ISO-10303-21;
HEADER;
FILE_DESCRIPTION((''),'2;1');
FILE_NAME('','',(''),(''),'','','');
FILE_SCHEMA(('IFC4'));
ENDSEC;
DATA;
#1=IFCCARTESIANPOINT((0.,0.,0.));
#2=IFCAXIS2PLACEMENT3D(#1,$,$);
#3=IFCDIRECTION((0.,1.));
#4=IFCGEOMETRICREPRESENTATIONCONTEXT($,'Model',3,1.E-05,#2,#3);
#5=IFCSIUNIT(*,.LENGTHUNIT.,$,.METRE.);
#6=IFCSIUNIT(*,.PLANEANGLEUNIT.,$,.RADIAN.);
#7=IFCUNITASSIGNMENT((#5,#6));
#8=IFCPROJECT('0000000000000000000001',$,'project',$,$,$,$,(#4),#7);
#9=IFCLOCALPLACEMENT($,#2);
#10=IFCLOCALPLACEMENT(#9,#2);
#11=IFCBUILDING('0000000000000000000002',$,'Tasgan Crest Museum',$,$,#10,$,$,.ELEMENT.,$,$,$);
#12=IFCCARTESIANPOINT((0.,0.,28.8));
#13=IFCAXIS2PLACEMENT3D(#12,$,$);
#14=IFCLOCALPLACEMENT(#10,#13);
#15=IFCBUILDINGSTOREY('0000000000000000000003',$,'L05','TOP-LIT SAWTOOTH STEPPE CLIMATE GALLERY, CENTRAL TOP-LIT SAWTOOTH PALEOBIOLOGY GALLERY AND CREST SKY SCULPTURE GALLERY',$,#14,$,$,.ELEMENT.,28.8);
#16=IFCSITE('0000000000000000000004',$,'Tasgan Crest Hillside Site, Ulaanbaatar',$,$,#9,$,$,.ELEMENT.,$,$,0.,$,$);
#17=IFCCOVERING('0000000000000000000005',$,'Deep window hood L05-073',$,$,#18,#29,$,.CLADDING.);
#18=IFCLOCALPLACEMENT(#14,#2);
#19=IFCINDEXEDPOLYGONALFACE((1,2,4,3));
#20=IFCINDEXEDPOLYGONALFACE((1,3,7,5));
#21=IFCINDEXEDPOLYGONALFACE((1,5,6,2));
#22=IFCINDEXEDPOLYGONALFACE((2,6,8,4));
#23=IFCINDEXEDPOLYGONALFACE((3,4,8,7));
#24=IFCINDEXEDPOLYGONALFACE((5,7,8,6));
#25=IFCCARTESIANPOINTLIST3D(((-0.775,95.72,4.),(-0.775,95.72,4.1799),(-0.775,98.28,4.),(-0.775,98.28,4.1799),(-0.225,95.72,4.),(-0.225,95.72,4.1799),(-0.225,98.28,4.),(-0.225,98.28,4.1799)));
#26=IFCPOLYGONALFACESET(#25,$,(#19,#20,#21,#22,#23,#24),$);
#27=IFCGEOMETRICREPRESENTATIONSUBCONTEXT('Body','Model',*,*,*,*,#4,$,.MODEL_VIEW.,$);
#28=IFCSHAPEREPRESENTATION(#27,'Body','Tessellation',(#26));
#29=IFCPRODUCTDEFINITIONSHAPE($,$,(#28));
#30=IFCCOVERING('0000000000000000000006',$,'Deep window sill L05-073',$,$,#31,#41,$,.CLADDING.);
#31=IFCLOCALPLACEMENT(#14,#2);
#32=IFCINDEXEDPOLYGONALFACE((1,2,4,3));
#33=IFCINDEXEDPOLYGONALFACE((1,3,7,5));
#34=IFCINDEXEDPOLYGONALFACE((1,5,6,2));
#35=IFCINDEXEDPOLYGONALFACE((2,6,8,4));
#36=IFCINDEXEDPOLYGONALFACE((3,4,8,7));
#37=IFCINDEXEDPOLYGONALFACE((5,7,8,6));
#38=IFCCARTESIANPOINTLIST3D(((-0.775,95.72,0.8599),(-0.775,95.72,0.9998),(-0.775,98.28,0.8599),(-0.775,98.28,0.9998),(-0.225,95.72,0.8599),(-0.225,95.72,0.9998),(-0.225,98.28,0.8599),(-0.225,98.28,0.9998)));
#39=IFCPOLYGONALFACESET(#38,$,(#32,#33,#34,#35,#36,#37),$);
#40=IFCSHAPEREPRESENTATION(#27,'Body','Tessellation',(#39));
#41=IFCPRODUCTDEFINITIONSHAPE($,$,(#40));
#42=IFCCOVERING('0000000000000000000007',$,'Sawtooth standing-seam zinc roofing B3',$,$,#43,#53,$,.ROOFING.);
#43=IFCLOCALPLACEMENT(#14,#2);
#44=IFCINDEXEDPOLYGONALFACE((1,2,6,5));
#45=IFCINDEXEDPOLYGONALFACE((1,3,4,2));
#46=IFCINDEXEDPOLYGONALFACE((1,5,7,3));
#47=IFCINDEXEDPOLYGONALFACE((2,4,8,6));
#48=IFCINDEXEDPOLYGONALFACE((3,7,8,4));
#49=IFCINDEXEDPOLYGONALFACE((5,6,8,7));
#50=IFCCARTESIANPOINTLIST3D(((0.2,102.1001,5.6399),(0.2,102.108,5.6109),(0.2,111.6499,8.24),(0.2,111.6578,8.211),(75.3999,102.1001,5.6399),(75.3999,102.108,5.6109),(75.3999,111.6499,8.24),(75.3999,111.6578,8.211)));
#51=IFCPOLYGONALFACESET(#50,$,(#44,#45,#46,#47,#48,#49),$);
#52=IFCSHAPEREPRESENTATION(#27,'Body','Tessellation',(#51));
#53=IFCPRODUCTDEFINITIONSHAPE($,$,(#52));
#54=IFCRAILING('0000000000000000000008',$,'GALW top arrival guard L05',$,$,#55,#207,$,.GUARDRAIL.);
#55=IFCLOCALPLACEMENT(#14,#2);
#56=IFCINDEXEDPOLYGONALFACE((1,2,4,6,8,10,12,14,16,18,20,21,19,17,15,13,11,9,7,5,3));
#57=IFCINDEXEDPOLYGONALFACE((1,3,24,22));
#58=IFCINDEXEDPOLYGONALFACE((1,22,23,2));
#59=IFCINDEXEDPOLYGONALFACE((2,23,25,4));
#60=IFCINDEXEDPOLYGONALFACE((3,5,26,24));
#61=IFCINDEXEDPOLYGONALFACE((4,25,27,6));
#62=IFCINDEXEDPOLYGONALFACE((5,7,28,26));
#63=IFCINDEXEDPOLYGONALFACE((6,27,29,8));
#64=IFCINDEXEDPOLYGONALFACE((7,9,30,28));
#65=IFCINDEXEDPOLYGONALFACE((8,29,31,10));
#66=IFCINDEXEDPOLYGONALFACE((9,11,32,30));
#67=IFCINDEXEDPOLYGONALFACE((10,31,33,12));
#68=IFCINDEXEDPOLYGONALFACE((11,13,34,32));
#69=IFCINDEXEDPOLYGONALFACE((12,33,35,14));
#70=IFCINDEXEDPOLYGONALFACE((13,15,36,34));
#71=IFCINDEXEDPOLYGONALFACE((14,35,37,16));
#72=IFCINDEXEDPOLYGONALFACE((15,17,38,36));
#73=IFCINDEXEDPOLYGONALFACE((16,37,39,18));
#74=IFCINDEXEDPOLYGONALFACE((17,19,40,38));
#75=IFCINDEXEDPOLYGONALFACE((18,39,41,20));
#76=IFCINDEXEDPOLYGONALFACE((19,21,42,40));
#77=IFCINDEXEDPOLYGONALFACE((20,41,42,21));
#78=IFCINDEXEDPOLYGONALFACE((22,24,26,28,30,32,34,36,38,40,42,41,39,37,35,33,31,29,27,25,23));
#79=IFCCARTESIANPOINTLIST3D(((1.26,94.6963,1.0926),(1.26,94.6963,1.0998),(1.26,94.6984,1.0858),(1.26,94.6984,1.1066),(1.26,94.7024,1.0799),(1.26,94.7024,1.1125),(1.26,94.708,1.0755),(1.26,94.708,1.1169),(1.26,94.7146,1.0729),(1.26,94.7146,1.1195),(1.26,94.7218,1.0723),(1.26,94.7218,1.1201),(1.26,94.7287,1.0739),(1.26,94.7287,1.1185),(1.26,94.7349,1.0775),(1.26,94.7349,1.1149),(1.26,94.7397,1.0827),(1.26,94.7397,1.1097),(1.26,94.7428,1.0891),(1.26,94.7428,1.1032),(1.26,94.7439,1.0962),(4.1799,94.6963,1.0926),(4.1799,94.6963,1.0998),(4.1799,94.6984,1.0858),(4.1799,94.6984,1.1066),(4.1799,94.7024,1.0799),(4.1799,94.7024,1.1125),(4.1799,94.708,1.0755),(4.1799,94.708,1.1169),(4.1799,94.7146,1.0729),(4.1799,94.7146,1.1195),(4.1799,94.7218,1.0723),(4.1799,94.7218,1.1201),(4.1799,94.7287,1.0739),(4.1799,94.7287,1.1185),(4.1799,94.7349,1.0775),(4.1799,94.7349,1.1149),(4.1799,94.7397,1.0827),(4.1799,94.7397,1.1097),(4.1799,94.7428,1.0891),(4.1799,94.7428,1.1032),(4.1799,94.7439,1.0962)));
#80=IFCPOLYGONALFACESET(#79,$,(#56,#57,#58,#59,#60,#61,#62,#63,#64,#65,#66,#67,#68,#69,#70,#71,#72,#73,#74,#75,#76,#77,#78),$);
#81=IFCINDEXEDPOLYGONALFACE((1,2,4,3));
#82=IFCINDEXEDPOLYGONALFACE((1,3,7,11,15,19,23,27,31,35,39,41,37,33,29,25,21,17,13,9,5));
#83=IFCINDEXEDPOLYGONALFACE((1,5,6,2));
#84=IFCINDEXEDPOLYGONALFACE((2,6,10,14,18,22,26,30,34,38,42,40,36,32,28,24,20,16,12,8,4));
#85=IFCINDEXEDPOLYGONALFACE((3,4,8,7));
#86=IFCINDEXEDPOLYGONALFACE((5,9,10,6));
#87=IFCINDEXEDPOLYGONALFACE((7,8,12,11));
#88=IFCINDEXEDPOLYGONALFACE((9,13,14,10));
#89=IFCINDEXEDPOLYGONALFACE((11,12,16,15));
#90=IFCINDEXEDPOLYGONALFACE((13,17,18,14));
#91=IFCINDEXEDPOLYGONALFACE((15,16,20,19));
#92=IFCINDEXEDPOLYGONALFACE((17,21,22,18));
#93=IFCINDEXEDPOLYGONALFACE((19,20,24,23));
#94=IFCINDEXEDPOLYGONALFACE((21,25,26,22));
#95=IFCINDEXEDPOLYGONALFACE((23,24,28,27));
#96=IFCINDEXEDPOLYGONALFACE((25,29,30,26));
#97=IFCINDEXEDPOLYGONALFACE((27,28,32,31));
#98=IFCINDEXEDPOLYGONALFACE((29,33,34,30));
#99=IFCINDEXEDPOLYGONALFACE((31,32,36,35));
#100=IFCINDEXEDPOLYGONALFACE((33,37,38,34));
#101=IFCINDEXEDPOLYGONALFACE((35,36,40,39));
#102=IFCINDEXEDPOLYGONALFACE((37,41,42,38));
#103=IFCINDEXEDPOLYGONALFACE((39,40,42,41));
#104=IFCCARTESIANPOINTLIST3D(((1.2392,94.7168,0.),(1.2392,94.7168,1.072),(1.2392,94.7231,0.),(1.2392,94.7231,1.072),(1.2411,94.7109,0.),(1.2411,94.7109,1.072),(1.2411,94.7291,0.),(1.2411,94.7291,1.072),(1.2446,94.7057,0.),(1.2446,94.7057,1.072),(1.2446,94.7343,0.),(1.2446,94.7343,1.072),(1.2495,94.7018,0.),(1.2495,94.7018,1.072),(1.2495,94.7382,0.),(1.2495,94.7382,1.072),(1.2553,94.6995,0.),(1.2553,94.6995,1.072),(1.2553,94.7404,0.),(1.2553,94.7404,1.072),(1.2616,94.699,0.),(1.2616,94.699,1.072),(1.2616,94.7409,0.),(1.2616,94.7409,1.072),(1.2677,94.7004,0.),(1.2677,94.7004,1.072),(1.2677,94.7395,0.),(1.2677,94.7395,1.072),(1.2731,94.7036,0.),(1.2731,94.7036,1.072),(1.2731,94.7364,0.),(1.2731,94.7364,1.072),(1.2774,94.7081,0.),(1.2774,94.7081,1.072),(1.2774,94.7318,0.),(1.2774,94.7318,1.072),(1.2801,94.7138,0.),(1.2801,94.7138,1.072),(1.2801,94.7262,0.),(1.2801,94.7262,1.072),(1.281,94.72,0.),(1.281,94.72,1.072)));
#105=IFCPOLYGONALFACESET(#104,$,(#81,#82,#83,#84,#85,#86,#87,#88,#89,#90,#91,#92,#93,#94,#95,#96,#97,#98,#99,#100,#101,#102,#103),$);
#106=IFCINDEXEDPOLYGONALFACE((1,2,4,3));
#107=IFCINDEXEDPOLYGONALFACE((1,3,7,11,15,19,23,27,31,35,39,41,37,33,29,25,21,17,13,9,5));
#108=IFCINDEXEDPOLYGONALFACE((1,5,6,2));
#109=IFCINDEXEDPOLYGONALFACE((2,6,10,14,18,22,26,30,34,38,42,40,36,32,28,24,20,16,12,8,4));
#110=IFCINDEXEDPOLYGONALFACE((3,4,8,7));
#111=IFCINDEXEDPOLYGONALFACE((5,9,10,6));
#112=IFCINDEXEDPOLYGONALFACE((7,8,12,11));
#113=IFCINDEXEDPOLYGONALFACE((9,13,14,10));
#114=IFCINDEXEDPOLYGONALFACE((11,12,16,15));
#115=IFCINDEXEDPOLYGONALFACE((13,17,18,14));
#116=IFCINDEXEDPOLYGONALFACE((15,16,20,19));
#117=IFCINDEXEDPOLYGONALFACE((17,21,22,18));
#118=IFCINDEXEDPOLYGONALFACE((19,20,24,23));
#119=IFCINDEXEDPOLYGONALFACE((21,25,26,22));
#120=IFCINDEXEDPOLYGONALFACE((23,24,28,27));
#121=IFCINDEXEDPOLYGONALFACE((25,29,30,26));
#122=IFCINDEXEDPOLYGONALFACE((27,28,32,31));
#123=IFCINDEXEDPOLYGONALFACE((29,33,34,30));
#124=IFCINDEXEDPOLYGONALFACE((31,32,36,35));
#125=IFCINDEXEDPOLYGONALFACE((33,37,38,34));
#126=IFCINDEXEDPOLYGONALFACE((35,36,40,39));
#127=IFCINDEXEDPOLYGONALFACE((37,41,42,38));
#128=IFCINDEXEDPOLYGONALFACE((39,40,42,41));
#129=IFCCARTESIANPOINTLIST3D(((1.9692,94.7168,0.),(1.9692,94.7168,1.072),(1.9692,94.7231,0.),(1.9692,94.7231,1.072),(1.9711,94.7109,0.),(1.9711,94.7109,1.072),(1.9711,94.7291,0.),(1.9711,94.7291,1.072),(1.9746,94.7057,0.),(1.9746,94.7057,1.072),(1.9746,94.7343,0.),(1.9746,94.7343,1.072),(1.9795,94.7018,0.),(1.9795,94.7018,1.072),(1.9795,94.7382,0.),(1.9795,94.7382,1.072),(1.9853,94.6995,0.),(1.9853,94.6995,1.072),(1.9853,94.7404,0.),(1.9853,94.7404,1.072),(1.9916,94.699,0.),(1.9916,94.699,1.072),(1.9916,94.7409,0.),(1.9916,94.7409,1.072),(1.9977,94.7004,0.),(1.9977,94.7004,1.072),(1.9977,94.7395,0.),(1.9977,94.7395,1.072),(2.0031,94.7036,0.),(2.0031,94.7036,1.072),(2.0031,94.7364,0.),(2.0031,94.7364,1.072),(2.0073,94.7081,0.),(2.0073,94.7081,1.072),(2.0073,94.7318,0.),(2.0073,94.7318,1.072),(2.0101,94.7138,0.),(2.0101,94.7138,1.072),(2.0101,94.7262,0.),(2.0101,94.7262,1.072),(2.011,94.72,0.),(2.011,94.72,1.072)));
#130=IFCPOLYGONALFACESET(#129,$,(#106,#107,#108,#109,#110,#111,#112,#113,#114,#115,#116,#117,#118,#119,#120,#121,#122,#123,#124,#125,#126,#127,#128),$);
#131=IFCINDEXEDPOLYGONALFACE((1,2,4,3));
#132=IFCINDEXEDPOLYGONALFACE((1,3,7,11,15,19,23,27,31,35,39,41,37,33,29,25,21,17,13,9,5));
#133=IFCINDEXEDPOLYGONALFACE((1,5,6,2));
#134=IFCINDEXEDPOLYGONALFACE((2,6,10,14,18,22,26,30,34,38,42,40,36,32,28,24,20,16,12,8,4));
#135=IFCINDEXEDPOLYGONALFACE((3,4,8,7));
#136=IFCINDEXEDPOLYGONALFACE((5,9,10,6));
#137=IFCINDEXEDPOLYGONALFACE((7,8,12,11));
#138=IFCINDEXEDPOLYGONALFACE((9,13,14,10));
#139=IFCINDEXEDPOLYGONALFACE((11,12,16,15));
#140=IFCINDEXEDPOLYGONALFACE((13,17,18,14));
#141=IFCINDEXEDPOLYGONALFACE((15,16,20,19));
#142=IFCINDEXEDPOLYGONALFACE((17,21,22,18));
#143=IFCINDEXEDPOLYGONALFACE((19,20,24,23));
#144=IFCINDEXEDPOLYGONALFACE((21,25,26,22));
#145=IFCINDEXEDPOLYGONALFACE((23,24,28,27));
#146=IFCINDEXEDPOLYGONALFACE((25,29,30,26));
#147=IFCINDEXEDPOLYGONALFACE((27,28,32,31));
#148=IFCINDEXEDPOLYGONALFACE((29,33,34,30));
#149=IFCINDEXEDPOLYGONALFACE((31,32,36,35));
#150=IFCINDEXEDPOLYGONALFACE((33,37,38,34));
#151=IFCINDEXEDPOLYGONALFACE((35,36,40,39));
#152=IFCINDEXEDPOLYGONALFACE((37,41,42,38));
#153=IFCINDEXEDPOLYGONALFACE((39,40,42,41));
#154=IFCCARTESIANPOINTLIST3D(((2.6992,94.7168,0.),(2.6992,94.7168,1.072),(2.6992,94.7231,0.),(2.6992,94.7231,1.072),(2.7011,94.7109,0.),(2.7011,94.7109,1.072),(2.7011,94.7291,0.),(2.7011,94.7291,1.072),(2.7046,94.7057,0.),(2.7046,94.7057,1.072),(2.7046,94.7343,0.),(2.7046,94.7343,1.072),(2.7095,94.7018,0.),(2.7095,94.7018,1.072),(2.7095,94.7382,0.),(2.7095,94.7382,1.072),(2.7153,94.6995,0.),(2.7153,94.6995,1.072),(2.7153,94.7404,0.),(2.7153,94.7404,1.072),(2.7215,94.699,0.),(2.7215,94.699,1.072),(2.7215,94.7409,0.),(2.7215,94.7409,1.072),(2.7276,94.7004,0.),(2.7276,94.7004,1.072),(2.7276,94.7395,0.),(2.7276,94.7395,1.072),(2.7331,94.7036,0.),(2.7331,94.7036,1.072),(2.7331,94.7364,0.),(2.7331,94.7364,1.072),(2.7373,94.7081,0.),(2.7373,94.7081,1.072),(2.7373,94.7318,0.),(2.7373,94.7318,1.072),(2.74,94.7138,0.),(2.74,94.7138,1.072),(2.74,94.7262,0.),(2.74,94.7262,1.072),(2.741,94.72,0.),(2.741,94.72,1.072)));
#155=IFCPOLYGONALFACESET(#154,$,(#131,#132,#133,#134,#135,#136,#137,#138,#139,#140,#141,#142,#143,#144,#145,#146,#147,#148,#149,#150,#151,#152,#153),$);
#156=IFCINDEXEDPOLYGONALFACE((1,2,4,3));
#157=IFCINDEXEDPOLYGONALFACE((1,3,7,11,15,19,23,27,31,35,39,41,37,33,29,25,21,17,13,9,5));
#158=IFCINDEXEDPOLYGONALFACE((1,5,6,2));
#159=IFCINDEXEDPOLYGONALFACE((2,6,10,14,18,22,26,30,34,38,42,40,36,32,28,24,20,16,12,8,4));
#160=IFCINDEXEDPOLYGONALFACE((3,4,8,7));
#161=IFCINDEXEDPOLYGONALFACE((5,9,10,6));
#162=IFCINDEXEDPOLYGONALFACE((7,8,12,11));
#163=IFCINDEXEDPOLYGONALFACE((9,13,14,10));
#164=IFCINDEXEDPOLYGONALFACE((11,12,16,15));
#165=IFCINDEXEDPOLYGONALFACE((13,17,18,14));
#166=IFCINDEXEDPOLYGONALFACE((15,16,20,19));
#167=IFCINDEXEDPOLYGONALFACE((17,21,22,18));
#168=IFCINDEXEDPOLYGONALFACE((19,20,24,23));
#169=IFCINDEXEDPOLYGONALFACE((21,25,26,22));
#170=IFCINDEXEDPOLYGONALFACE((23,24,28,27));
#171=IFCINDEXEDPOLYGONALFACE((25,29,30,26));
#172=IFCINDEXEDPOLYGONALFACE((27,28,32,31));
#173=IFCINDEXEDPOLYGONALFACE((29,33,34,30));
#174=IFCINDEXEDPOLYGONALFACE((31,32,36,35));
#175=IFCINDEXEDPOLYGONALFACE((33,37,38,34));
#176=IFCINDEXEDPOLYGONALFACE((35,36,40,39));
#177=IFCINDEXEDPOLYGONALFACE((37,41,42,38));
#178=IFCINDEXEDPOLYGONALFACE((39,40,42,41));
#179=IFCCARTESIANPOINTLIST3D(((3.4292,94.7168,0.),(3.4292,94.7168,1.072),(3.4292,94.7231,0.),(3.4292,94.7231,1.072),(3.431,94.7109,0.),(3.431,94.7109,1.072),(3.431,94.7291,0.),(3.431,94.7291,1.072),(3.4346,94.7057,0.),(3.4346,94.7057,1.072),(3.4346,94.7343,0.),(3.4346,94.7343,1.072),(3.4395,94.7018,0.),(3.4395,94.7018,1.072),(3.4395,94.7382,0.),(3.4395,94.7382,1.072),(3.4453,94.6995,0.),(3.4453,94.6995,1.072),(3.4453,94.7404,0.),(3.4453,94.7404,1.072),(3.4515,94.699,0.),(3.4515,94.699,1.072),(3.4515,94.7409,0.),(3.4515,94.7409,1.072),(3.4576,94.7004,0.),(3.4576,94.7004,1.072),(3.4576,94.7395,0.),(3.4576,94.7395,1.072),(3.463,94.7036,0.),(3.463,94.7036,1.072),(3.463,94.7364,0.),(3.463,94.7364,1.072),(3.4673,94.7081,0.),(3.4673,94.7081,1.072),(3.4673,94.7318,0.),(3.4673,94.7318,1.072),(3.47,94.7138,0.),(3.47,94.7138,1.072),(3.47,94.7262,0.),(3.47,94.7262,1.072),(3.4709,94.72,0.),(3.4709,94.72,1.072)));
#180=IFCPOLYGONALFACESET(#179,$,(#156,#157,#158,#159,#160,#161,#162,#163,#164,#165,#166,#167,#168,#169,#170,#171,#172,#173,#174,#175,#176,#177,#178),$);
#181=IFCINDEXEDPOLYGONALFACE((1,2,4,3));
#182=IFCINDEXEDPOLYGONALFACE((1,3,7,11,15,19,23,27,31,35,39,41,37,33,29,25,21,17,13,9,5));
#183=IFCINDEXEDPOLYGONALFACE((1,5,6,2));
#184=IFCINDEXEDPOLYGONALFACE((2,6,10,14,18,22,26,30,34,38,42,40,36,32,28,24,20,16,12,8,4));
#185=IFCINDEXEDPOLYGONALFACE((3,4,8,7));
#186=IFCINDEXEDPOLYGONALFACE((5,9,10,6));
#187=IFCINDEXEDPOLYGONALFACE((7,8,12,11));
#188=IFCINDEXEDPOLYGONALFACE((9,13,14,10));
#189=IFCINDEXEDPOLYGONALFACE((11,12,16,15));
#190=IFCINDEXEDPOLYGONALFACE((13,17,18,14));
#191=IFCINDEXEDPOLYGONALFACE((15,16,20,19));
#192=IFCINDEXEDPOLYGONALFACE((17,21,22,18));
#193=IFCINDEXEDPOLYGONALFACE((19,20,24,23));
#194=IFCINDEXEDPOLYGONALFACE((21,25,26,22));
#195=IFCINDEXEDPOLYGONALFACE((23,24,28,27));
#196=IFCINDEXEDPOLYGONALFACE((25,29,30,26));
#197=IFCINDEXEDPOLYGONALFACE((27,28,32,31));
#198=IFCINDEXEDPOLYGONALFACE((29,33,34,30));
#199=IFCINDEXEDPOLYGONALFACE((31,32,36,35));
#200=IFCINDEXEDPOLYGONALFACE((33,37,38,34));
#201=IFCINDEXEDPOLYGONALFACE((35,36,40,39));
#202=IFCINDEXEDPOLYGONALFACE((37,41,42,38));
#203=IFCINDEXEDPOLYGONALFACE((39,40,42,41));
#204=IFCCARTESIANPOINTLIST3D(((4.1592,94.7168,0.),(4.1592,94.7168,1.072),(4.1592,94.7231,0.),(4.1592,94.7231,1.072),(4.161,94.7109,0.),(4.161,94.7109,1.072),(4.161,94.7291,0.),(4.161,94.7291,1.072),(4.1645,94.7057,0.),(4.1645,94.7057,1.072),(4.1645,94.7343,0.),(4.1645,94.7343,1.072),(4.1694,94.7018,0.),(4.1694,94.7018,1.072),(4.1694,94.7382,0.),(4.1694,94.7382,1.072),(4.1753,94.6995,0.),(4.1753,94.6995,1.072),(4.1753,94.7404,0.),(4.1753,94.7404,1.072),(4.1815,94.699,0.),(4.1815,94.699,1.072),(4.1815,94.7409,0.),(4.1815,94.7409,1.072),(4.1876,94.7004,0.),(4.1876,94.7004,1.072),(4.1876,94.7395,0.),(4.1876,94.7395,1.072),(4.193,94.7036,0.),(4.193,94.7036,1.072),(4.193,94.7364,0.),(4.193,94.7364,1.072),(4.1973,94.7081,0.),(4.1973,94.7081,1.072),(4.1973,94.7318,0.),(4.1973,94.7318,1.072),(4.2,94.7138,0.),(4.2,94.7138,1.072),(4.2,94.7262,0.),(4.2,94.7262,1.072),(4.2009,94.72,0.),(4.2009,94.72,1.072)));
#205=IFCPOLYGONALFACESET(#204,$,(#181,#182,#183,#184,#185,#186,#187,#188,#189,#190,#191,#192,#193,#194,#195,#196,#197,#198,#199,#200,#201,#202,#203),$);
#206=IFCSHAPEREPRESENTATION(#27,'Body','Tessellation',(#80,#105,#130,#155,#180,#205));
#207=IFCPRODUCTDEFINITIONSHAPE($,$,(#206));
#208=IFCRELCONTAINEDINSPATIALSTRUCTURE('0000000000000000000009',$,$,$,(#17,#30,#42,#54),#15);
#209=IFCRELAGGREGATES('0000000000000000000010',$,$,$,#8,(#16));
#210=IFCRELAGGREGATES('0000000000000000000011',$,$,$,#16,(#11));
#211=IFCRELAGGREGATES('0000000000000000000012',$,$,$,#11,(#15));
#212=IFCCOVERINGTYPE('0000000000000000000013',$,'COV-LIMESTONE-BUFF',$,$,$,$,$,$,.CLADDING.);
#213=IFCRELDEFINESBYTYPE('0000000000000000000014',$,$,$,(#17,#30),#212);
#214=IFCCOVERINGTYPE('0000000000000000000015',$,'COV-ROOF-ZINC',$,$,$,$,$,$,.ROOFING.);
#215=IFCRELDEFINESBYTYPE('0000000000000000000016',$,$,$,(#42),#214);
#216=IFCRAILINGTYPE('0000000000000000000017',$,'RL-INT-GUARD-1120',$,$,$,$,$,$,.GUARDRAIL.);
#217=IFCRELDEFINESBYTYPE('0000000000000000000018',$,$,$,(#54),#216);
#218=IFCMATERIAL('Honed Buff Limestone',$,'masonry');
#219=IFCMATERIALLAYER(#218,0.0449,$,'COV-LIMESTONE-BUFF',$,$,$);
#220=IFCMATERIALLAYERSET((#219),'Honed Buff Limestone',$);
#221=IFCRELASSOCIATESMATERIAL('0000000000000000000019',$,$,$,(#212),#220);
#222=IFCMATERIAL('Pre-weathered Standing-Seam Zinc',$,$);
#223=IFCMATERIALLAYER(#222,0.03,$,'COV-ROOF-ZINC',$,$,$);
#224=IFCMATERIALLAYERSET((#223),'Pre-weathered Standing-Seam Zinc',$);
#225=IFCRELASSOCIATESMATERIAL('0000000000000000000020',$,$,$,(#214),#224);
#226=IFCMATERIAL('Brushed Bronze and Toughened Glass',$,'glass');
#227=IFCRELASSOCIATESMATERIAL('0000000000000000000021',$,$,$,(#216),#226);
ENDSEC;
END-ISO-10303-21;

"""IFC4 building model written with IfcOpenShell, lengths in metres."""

from ifc_helpers import new_model, si_unit, direction, frame, origin, origin_2d, place, context, subcontext, project, spatial, polyline, rectangle, circle, outline, extrude, material, layer, layer_set, type_object, element, save


model = new_model("IFC4")

# Units and contexts
model_context = context("Model", 3, precision=1e-05, world=origin(), true_north=direction((0.0, 1.0)))
body_context = subcontext(model_context, "Body", "Model", "MODEL_VIEW")
ifc_project = project(units=[si_unit("LENGTHUNIT", "METRE"), si_unit("PLANEANGLEUNIT", "RADIAN")], contexts=[model_context])

# Site, building, storey
site_placement = place(None, origin())
site = spatial("IfcSite", under=ifc_project, at=site_placement, Name="Tasgan Crest Hillside Site, Ulaanbaatar", CompositionType="ELEMENT", RefElevation=0.0)
building_placement = place(site_placement, origin())
building = spatial("IfcBuilding", under=site, at=building_placement, Name="Tasgan Crest Museum", CompositionType="ELEMENT")
storey_placement = place(building_placement, frame((0.0, 0.0, 28.8)))
storey = spatial("IfcBuildingStorey", under=building, at=storey_placement, Name="L05", Description="TOP-LIT SAWTOOTH STEPPE CLIMATE GALLERY, CENTRAL TOP-LIT SAWTOOTH PALEOBIOLOGY GALLERY AND CREST SKY SCULPTURE GALLERY", CompositionType="ELEMENT", Elevation=28.8)

# Coverings
ifc_material_1 = material(Name="Honed Buff Limestone", Category="masonry")
ifc_layer_1 = layer(ifc_material_1, 0.0449, Name="COV-LIMESTONE-BUFF")
ifc_layer_set_1 = layer_set([ifc_layer_1], Name="Honed Buff Limestone")
covering_type_1 = type_object("IfcCoveringType", Name="COV-LIMESTONE-BUFF", PredefinedType="CLADDING", material=ifc_layer_set_1)
covering_1_placement = place(storey_placement, frame((-0.5, 97.0, 4.0), z_axis=(0.0, 0.0, 1.0), x_axis=(0.0, -1.0, 0.0)))
element("IfcCovering", 1, at=covering_1_placement, inside=storey, type_object=covering_type_1, Name="Deep window hood L05-073", PredefinedType="CLADDING", context=body_context, shape_type="SweptSolid", body=[
    extrude(rectangle(XDim=2.5601, YDim=0.55, at=origin_2d()), origin(), (0.0, 0.0, 1.0), 0.1799),
])
covering_2_placement = place(storey_placement, frame((-0.5, 97.0, 0.8599), z_axis=(0.0, 0.0, 1.0), x_axis=(0.0, -1.0, 0.0)))
element("IfcCovering", 2, at=covering_2_placement, inside=storey, type_object=covering_type_1, Name="Deep window sill L05-073", PredefinedType="CLADDING", context=body_context, shape_type="SweptSolid", body=[
    extrude(rectangle(XDim=2.5601, YDim=0.55, at=origin_2d()), origin(), (0.0, 0.0, 1.0), 0.1399),
])
ifc_material_2 = material(Name="Pre-weathered Standing-Seam Zinc")
ifc_layer_2 = layer(ifc_material_2, 0.03, Name="COV-ROOF-ZINC")
ifc_layer_set_2 = layer_set([ifc_layer_2], Name="Pre-weathered Standing-Seam Zinc")
covering_type_2 = type_object("IfcCoveringType", Name="COV-ROOF-ZINC", PredefinedType="ROOFING", material=ifc_layer_set_2)
covering_3_placement = place(storey_placement, frame((0.2, 102.1001, 5.6399), z_axis=(0.0, -0.262704, 0.964876), x_axis=(1.0, 0.0, 0.0)))
element("IfcCovering", 3, at=covering_3_placement, inside=storey, type_object=covering_type_2, Name="Sawtooth standing-seam zinc roofing B3", PredefinedType="ROOFING", context=body_context, shape_type="SweptSolid", body=[
    extrude(outline(polyline([(0.0, 0.0), (75.2, 0.0), (75.2, 9.8974), (0.0, 9.8974), (0.0, 0.0)])), origin(), (0.0, 0.0, -1.0), 0.03),
])

# Railing
ifc_material_3 = material(Name="Brushed Bronze and Toughened Glass", Category="glass")
railing_type = type_object("IfcRailingType", Name="RL-INT-GUARD-1120", PredefinedType="GUARDRAIL", material=ifc_material_3)
railing_placement = place(storey_placement, frame((1.26, 94.72, 0.0)))
element("IfcRailing", 4, at=railing_placement, inside=storey, type_object=railing_type, Name="GALW top arrival guard L05", PredefinedType="GUARDRAIL", context=body_context, shape_type="SweptSolid", body=[
    extrude(circle(Radius=0.0239, at=origin_2d()), frame((0.0, 0.0, 1.0962), z_axis=(1.0, 0.0, 0.0), x_axis=(0.0, 1.0, 0.0)), (0.0, 0.0, 1.0), 2.9199),
    extrude(circle(Radius=0.021, at=origin_2d()), origin(), (0.0, 0.0, 1.0), 1.072),
    extrude(circle(Radius=0.021, at=origin_2d()), frame((0.73, 0.0, 0.0)), (0.0, 0.0, 1.0), 1.072),
    extrude(circle(Radius=0.021, at=origin_2d()), frame((1.46, 0.0, 0.0)), (0.0, 0.0, 1.0), 1.072),
    extrude(circle(Radius=0.021, at=origin_2d()), frame((2.1899, 0.0, 0.0)), (0.0, 0.0, 1.0), 1.072),
    extrude(circle(Radius=0.021, at=origin_2d()), frame((2.9199, 0.0, 0.0)), (0.0, 0.0, 1.0), 1.072),
])

save(model, "model.ifc")
